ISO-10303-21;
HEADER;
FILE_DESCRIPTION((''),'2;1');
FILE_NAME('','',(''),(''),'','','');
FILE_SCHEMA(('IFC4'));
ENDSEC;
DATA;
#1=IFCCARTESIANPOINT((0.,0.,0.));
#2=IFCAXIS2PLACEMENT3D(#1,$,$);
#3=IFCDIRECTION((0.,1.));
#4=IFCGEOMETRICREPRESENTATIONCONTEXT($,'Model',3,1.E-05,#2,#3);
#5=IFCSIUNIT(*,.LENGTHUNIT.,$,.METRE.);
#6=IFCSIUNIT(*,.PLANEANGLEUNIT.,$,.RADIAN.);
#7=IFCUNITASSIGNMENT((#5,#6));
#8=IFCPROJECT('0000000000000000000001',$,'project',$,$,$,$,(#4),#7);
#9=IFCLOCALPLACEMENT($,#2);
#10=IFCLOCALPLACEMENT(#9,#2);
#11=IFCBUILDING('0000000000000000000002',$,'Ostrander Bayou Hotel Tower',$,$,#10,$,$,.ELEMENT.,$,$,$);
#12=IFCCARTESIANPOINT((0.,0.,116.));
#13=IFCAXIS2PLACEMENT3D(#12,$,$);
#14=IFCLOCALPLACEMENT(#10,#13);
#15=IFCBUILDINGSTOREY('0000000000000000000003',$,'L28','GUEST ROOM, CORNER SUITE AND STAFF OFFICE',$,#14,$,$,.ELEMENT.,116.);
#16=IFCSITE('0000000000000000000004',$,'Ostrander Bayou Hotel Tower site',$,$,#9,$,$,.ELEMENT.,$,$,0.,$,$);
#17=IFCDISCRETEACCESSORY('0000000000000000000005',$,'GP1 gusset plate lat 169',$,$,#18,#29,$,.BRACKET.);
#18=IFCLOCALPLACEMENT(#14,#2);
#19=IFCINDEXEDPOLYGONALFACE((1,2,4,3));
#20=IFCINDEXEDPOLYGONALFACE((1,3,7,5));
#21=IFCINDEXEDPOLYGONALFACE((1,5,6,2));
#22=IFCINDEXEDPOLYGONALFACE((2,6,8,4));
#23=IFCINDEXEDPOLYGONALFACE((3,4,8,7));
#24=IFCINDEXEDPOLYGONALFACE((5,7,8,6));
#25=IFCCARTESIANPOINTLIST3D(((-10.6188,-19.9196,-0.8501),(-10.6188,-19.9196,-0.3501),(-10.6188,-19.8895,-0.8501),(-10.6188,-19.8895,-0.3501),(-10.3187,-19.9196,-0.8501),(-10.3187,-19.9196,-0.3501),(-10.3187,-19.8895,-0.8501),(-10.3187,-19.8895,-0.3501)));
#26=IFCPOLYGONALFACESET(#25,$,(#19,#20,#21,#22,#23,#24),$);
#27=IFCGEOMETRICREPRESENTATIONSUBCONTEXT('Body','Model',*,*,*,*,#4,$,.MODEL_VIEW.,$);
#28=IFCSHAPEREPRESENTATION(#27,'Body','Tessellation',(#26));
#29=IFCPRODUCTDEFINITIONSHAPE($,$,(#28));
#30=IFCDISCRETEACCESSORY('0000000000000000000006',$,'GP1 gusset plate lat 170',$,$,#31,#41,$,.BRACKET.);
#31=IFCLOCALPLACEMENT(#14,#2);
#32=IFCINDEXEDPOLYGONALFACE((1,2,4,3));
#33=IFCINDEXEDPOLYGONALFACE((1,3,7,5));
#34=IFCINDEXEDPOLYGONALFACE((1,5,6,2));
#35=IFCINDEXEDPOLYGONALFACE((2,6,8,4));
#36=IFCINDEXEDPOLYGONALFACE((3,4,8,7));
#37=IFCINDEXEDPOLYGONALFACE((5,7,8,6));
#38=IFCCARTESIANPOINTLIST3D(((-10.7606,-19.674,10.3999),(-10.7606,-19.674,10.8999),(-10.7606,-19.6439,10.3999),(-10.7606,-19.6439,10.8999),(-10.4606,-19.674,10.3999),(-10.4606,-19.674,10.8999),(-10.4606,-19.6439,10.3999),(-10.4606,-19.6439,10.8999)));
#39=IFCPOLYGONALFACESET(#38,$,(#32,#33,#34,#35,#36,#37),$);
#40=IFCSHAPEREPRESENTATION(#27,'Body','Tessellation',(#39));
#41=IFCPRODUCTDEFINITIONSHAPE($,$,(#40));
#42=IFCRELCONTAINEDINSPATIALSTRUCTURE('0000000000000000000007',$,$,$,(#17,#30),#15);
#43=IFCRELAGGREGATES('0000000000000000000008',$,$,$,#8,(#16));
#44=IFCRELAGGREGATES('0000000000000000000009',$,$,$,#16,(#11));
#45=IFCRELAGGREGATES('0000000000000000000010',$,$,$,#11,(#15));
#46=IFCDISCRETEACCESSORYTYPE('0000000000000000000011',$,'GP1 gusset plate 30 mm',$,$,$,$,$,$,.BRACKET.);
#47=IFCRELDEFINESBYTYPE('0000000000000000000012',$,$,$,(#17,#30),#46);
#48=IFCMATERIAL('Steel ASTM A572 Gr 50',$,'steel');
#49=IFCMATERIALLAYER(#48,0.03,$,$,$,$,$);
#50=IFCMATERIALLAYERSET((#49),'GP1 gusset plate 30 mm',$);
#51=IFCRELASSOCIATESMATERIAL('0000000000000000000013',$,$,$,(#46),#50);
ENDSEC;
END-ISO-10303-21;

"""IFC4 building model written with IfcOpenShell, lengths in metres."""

from ifc_helpers import new_model, si_unit, direction, frame, origin, origin_2d, place, context, subcontext, project, spatial, rectangle, extrude, material, layer, layer_set, type_object, element, save


model = new_model("IFC4")

# Units and contexts
model_context = context("Model", 3, precision=1e-05, world=origin(), true_north=direction((0.0, 1.0)))
body_context = subcontext(model_context, "Body", "Model", "MODEL_VIEW")
ifc_project = project(units=[si_unit("LENGTHUNIT", "METRE"), si_unit("PLANEANGLEUNIT", "RADIAN")], contexts=[model_context])

# Site, building, storey
site_placement = place(None, origin())
site = spatial("IfcSite", under=ifc_project, at=site_placement, Name="Ostrander Bayou Hotel Tower site", CompositionType="ELEMENT", RefElevation=0.0)
building_placement = place(site_placement, origin())
building = spatial("IfcBuilding", under=site, at=building_placement, Name="Ostrander Bayou Hotel Tower", CompositionType="ELEMENT")
storey_placement = place(building_placement, frame((0.0, 0.0, 116.0)))
storey = spatial("IfcBuildingStorey", under=building, at=storey_placement, Name="L28", Description="GUEST ROOM, CORNER SUITE AND STAFF OFFICE", CompositionType="ELEMENT", Elevation=116.0)

# Discrete accessories
ifc_material_1 = material(Name="Steel ASTM A572 Gr 50", Category="steel")
ifc_layer_1 = layer(ifc_material_1, 0.03)
ifc_layer_set_1 = layer_set([ifc_layer_1], Name="GP1 gusset plate 30 mm")
discrete_accessory_type = type_object("IfcDiscreteAccessoryType", Name="GP1 gusset plate 30 mm", PredefinedType="BRACKET", material=ifc_layer_set_1)
for number, where, z_axis, x_axis, name in (
    (1, (-10.4688, -19.9045, -0.8501), (0.0, 0.0, 1.0), (1.0, 0.0, 0.0), "GP1 gusset plate lat 169"),
    (2, (-10.6106, -19.6589, 10.3999), (0.0, 0.0, 1.0), (1.0, 0.0, 0.0), "GP1 gusset plate lat 170"),
):
    element("IfcDiscreteAccessory", number, at=place(storey_placement, frame(where, z_axis=z_axis, x_axis=x_axis)), inside=storey, type_object=discrete_accessory_type, Name=name, PredefinedType="BRACKET", context=body_context, shape_type="SweptSolid", body=[
        extrude(rectangle(XDim=0.3, YDim=0.03, at=origin_2d()), origin(), (0.0, 0.0, 1.0), 0.5),
    ])

save(model, "model.ifc")
